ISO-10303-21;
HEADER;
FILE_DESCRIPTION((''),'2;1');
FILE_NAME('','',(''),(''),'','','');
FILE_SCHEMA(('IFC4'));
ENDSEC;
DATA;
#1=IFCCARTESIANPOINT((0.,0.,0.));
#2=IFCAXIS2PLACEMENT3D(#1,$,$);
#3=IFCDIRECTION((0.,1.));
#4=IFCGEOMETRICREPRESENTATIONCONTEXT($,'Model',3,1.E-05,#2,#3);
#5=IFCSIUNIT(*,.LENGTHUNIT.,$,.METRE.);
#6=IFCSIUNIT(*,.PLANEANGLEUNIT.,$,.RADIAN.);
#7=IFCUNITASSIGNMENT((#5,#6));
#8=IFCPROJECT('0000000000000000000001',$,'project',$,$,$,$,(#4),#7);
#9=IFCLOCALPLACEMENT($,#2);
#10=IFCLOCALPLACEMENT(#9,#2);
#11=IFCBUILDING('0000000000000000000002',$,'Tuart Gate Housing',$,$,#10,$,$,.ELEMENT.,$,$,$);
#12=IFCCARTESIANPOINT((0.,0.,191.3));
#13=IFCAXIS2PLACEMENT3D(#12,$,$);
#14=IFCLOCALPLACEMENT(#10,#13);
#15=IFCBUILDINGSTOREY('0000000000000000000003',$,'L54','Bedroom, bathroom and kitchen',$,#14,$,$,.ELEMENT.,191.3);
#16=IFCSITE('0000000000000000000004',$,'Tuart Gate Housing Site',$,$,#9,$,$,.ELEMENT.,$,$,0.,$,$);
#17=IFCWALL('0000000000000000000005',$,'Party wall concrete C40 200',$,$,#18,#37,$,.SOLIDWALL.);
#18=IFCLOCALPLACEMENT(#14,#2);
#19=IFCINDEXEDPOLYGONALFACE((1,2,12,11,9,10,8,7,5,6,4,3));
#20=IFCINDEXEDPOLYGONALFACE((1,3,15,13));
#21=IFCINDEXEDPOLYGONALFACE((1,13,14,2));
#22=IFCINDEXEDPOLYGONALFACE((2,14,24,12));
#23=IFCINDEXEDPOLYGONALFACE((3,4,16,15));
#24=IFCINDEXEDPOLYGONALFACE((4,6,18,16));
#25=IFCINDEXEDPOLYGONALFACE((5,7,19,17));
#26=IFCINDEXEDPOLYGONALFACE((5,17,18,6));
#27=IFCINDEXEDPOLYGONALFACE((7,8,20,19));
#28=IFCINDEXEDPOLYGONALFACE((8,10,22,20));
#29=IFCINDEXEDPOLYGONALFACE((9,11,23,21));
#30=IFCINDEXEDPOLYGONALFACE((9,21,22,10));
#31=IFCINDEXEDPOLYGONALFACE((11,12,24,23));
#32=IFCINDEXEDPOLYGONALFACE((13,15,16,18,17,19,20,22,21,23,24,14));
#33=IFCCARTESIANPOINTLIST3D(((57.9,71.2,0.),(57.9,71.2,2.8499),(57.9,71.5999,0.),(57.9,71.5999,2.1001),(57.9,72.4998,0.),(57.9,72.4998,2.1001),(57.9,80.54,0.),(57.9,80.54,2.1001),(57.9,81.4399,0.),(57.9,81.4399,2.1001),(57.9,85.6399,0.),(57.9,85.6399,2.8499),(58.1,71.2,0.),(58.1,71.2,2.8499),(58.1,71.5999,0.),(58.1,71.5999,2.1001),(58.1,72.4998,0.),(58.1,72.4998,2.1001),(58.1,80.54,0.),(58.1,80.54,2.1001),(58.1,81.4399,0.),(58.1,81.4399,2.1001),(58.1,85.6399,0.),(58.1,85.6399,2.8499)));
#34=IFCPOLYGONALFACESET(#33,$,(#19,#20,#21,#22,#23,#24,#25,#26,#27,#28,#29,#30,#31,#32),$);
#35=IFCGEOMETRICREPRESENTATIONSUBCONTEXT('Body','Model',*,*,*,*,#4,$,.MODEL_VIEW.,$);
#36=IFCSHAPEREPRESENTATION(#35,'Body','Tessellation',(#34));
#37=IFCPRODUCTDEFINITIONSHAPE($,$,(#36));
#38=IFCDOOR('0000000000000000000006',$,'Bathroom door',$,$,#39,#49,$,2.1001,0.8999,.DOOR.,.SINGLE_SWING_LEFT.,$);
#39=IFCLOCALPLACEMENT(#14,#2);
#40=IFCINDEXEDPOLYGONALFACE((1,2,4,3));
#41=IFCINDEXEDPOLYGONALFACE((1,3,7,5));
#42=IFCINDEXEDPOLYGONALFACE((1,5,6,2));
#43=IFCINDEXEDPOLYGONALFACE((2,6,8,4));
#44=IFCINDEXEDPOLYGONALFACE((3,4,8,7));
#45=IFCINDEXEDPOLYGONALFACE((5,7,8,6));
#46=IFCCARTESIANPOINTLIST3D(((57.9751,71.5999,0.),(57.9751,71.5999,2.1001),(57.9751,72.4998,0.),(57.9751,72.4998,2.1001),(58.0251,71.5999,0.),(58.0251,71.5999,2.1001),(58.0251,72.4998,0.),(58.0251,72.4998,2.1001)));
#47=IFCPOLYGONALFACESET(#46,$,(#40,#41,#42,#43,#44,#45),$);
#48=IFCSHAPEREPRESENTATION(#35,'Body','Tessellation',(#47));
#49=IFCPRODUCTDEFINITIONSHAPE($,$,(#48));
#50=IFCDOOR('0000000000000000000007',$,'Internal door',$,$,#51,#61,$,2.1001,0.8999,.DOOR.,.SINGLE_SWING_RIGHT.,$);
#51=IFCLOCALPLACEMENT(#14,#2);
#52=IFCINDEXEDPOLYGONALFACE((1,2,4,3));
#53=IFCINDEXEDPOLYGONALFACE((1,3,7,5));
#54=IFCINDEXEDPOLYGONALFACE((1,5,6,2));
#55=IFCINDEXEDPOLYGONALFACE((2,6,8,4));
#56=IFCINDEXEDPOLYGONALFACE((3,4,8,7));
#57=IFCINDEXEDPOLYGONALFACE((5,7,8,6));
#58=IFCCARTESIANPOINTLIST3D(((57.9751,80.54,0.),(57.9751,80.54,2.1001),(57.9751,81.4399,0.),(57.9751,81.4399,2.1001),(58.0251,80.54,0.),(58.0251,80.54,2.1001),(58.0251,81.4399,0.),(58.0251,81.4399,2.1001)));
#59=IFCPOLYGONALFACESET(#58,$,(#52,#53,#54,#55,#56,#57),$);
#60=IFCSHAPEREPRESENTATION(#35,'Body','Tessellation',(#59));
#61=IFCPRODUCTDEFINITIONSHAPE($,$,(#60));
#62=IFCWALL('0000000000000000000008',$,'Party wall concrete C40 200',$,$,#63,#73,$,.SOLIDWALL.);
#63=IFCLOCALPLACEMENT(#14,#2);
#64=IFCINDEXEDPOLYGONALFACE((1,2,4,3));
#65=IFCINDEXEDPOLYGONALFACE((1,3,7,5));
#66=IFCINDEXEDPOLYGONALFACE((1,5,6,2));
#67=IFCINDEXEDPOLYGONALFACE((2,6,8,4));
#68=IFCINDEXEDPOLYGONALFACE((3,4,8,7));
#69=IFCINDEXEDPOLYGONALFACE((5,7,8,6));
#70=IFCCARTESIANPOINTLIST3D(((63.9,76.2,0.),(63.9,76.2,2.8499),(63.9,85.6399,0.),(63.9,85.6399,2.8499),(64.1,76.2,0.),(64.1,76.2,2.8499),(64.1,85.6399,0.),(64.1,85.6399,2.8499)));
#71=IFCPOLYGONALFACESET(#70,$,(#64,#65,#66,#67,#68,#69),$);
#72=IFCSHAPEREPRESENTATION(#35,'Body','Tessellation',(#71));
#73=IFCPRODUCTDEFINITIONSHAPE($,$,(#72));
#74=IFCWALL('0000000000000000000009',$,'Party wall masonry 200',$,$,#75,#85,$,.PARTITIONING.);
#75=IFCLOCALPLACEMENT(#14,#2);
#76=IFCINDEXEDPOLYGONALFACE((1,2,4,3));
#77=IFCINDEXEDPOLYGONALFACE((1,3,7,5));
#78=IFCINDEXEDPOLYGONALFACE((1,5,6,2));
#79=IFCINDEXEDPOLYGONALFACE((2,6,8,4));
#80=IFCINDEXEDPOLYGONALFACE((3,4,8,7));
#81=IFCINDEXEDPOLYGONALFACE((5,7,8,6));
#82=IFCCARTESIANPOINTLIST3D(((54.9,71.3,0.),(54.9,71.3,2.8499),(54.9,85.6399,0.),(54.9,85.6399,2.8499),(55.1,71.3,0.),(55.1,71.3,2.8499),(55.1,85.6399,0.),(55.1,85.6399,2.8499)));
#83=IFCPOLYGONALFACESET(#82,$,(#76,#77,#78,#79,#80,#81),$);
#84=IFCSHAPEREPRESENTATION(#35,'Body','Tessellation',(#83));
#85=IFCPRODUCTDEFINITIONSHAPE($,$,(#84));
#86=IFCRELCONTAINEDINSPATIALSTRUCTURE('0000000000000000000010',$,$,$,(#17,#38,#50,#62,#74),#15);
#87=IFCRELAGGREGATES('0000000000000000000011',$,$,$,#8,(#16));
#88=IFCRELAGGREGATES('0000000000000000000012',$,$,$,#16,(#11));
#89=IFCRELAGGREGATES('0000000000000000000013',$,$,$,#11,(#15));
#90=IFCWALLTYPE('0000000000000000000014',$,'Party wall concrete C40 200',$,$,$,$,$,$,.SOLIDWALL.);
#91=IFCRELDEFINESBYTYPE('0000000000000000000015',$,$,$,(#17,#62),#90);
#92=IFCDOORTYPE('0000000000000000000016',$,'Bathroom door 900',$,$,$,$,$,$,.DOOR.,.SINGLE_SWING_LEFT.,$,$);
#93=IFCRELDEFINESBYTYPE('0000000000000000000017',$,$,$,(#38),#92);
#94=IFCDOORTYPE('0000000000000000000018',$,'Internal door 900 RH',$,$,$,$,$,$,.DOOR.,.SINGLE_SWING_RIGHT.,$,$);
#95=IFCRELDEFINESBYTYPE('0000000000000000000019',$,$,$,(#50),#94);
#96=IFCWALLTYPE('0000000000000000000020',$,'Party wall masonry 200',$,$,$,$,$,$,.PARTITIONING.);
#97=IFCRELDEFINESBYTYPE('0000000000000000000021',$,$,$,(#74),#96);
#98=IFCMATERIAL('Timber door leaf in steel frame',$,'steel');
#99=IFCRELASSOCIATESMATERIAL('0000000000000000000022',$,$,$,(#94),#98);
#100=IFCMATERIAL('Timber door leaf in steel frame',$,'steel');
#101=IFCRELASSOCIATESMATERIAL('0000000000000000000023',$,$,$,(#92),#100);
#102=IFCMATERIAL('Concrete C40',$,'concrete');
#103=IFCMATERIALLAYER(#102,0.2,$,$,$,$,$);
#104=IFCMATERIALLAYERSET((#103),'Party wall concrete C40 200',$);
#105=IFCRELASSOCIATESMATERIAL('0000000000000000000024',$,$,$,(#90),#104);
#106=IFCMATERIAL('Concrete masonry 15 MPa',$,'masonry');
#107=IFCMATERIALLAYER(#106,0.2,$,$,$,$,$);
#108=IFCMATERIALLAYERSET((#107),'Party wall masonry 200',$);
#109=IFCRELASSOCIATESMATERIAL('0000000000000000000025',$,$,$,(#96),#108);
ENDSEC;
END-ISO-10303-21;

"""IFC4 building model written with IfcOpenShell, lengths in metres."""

from ifc_helpers import new_model, si_unit, direction, frame, frame_2d, origin, place, context, subcontext, project, spatial, rectangle, extrude, material, layer, layer_set, type_object, element, fill, save


model = new_model("IFC4")

# Units and contexts
model_context = context("Model", 3, precision=1e-05, world=origin(), true_north=direction((0.0, 1.0)))
body_context = subcontext(model_context, "Body", "Model", "MODEL_VIEW")
ifc_project = project(units=[si_unit("LENGTHUNIT", "METRE"), si_unit("PLANEANGLEUNIT", "RADIAN")], contexts=[model_context])

# Site, building, storey
site_placement = place(None, origin())
site = spatial("IfcSite", under=ifc_project, at=site_placement, Name="Tuart Gate Housing Site", CompositionType="ELEMENT", RefElevation=0.0)
building_placement = place(site_placement, origin())
building = spatial("IfcBuilding", under=site, at=building_placement, Name="Tuart Gate Housing", CompositionType="ELEMENT")
storey_placement = place(building_placement, frame((0.0, 0.0, 191.3)))
storey = spatial("IfcBuildingStorey", under=building, at=storey_placement, Name="L54", Description="Bedroom, bathroom and kitchen", CompositionType="ELEMENT", Elevation=191.3)

# Shared definitions
ifc_material_1 = material(Name="Timber door leaf in steel frame", Category="steel")
door_type_1 = type_object("IfcDoorType", Name="Internal door 900 RH", OperationType="SINGLE_SWING_RIGHT", PredefinedType="DOOR", material=ifc_material_1)

# Shared definitions
ifc_material_2 = material(Name="Timber door leaf in steel frame", Category="steel")
door_type_2 = type_object("IfcDoorType", Name="Bathroom door 900", OperationType="SINGLE_SWING_LEFT", PredefinedType="DOOR", material=ifc_material_2)

# Shared definitions
ifc_material_3 = material(Name="Concrete C40", Category="concrete")
ifc_layer_1 = layer(ifc_material_3, 0.2)
ifc_layer_set_1 = layer_set([ifc_layer_1], Name="Party wall concrete C40 200")
wall_type_1 = type_object("IfcWallType", Name="Party wall concrete C40 200", PredefinedType="SOLIDWALL", material=ifc_layer_set_1)

# Wall, openings, doors
wall_1_placement = place(storey_placement, frame((58.0, 71.2, 0.0), z_axis=(0.0, 0.0, 1.0), x_axis=(0.0, 1.0, 0.0)))
wall_1 = element("IfcWall", 1, at=wall_1_placement, inside=storey, type_object=wall_type_1, Name="Party wall concrete C40 200", PredefinedType="SOLIDWALL", context=body_context, shape_type="SweptSolid", body=[
    extrude(rectangle(XDim=14.4399, YDim=0.2, at=frame_2d((7.22, 0.0))), origin(), (0.0, 0.0, 1.0), 2.8499),
])
opening_1_placement = place(wall_1_placement, frame((9.3401, 0.0, 0.0)))
opening_1 = element("IfcOpeningElement", 2, at=opening_1_placement, cuts=wall_1, PredefinedType="OPENING", context=body_context, shape_type="SweptSolid", body=[
    extrude(rectangle(XDim=0.8999, YDim=2.1001, at=frame_2d((0.45, 1.05))), frame((0.0, 0.1099, 0.0), z_axis=(0.0, -1.0, 0.0), x_axis=(1.0, 0.0, 0.0)), (0.0, 0.0, 1.0), 0.22),
])
opening_2_placement = place(wall_1_placement, frame((0.3999, 0.0, 0.0)))
opening_2 = element("IfcOpeningElement", 3, at=opening_2_placement, cuts=wall_1, PredefinedType="OPENING", context=body_context, shape_type="SweptSolid", body=[
    extrude(rectangle(XDim=0.8999, YDim=2.1001, at=frame_2d((0.45, 1.05))), frame((0.0, 0.1099, 0.0), z_axis=(0.0, -1.0, 0.0), x_axis=(1.0, 0.0, 0.0)), (0.0, 0.0, 1.0), 0.22),
])
door_1_placement = place(opening_2_placement, origin())
door_1 = element("IfcDoor", 4, at=door_1_placement, inside=storey, type_object=door_type_2, Name="Bathroom door", OperationType="SINGLE_SWING_LEFT", OverallHeight=2.1001, OverallWidth=0.8999, PredefinedType="DOOR", context=body_context, shape_type="SweptSolid", body=[
    extrude(rectangle(XDim=0.8999, YDim=2.1001, at=frame_2d((0.45, 1.05))), frame((0.0, 0.0249, 0.0), z_axis=(0.0, -1.0, 0.0), x_axis=(1.0, 0.0, 0.0)), (0.0, 0.0, 1.0), 0.05),
])
fill(opening_2, door_1)
door_2_placement = place(opening_1_placement, origin())
door_2 = element("IfcDoor", 5, at=door_2_placement, inside=storey, type_object=door_type_1, Name="Internal door", OperationType="SINGLE_SWING_RIGHT", OverallHeight=2.1001, OverallWidth=0.8999, PredefinedType="DOOR", context=body_context, shape_type="SweptSolid", body=[
    extrude(rectangle(XDim=0.8999, YDim=2.1001, at=frame_2d((0.45, 1.05))), frame((0.0, 0.0249, 0.0), z_axis=(0.0, -1.0, 0.0), x_axis=(1.0, 0.0, 0.0)), (0.0, 0.0, 1.0), 0.05),
])
fill(opening_1, door_2)

# Walls
wall_2_placement = place(storey_placement, frame((64.0, 76.2, 0.0), z_axis=(0.0, 0.0, 1.0), x_axis=(0.0, 1.0, 0.0)))
element("IfcWall", 6, at=wall_2_placement, inside=storey, type_object=wall_type_1, Name="Party wall concrete C40 200", PredefinedType="SOLIDWALL", context=body_context, shape_type="SweptSolid", body=[
    extrude(rectangle(XDim=9.4399, YDim=0.2, at=frame_2d((4.72, 0.0))), origin(), (0.0, 0.0, 1.0), 2.8499),
])
ifc_material_4 = material(Name="Concrete masonry 15 MPa", Category="masonry")
ifc_layer_2 = layer(ifc_material_4, 0.2)
ifc_layer_set_2 = layer_set([ifc_layer_2], Name="Party wall masonry 200")
wall_type_2 = type_object("IfcWallType", Name="Party wall masonry 200", PredefinedType="PARTITIONING", material=ifc_layer_set_2)
wall_3_placement = place(storey_placement, frame((55.0, 71.3, 0.0), z_axis=(0.0, 0.0, 1.0), x_axis=(0.0, 1.0, 0.0)))
element("IfcWall", 7, at=wall_3_placement, inside=storey, type_object=wall_type_2, Name="Party wall masonry 200", PredefinedType="PARTITIONING", context=body_context, shape_type="SweptSolid", body=[
    extrude(rectangle(XDim=14.3398, YDim=0.2, at=frame_2d((7.1699, 0.0))), origin(), (0.0, 0.0, 1.0), 2.8499),
])

save(model, "model.ifc")
